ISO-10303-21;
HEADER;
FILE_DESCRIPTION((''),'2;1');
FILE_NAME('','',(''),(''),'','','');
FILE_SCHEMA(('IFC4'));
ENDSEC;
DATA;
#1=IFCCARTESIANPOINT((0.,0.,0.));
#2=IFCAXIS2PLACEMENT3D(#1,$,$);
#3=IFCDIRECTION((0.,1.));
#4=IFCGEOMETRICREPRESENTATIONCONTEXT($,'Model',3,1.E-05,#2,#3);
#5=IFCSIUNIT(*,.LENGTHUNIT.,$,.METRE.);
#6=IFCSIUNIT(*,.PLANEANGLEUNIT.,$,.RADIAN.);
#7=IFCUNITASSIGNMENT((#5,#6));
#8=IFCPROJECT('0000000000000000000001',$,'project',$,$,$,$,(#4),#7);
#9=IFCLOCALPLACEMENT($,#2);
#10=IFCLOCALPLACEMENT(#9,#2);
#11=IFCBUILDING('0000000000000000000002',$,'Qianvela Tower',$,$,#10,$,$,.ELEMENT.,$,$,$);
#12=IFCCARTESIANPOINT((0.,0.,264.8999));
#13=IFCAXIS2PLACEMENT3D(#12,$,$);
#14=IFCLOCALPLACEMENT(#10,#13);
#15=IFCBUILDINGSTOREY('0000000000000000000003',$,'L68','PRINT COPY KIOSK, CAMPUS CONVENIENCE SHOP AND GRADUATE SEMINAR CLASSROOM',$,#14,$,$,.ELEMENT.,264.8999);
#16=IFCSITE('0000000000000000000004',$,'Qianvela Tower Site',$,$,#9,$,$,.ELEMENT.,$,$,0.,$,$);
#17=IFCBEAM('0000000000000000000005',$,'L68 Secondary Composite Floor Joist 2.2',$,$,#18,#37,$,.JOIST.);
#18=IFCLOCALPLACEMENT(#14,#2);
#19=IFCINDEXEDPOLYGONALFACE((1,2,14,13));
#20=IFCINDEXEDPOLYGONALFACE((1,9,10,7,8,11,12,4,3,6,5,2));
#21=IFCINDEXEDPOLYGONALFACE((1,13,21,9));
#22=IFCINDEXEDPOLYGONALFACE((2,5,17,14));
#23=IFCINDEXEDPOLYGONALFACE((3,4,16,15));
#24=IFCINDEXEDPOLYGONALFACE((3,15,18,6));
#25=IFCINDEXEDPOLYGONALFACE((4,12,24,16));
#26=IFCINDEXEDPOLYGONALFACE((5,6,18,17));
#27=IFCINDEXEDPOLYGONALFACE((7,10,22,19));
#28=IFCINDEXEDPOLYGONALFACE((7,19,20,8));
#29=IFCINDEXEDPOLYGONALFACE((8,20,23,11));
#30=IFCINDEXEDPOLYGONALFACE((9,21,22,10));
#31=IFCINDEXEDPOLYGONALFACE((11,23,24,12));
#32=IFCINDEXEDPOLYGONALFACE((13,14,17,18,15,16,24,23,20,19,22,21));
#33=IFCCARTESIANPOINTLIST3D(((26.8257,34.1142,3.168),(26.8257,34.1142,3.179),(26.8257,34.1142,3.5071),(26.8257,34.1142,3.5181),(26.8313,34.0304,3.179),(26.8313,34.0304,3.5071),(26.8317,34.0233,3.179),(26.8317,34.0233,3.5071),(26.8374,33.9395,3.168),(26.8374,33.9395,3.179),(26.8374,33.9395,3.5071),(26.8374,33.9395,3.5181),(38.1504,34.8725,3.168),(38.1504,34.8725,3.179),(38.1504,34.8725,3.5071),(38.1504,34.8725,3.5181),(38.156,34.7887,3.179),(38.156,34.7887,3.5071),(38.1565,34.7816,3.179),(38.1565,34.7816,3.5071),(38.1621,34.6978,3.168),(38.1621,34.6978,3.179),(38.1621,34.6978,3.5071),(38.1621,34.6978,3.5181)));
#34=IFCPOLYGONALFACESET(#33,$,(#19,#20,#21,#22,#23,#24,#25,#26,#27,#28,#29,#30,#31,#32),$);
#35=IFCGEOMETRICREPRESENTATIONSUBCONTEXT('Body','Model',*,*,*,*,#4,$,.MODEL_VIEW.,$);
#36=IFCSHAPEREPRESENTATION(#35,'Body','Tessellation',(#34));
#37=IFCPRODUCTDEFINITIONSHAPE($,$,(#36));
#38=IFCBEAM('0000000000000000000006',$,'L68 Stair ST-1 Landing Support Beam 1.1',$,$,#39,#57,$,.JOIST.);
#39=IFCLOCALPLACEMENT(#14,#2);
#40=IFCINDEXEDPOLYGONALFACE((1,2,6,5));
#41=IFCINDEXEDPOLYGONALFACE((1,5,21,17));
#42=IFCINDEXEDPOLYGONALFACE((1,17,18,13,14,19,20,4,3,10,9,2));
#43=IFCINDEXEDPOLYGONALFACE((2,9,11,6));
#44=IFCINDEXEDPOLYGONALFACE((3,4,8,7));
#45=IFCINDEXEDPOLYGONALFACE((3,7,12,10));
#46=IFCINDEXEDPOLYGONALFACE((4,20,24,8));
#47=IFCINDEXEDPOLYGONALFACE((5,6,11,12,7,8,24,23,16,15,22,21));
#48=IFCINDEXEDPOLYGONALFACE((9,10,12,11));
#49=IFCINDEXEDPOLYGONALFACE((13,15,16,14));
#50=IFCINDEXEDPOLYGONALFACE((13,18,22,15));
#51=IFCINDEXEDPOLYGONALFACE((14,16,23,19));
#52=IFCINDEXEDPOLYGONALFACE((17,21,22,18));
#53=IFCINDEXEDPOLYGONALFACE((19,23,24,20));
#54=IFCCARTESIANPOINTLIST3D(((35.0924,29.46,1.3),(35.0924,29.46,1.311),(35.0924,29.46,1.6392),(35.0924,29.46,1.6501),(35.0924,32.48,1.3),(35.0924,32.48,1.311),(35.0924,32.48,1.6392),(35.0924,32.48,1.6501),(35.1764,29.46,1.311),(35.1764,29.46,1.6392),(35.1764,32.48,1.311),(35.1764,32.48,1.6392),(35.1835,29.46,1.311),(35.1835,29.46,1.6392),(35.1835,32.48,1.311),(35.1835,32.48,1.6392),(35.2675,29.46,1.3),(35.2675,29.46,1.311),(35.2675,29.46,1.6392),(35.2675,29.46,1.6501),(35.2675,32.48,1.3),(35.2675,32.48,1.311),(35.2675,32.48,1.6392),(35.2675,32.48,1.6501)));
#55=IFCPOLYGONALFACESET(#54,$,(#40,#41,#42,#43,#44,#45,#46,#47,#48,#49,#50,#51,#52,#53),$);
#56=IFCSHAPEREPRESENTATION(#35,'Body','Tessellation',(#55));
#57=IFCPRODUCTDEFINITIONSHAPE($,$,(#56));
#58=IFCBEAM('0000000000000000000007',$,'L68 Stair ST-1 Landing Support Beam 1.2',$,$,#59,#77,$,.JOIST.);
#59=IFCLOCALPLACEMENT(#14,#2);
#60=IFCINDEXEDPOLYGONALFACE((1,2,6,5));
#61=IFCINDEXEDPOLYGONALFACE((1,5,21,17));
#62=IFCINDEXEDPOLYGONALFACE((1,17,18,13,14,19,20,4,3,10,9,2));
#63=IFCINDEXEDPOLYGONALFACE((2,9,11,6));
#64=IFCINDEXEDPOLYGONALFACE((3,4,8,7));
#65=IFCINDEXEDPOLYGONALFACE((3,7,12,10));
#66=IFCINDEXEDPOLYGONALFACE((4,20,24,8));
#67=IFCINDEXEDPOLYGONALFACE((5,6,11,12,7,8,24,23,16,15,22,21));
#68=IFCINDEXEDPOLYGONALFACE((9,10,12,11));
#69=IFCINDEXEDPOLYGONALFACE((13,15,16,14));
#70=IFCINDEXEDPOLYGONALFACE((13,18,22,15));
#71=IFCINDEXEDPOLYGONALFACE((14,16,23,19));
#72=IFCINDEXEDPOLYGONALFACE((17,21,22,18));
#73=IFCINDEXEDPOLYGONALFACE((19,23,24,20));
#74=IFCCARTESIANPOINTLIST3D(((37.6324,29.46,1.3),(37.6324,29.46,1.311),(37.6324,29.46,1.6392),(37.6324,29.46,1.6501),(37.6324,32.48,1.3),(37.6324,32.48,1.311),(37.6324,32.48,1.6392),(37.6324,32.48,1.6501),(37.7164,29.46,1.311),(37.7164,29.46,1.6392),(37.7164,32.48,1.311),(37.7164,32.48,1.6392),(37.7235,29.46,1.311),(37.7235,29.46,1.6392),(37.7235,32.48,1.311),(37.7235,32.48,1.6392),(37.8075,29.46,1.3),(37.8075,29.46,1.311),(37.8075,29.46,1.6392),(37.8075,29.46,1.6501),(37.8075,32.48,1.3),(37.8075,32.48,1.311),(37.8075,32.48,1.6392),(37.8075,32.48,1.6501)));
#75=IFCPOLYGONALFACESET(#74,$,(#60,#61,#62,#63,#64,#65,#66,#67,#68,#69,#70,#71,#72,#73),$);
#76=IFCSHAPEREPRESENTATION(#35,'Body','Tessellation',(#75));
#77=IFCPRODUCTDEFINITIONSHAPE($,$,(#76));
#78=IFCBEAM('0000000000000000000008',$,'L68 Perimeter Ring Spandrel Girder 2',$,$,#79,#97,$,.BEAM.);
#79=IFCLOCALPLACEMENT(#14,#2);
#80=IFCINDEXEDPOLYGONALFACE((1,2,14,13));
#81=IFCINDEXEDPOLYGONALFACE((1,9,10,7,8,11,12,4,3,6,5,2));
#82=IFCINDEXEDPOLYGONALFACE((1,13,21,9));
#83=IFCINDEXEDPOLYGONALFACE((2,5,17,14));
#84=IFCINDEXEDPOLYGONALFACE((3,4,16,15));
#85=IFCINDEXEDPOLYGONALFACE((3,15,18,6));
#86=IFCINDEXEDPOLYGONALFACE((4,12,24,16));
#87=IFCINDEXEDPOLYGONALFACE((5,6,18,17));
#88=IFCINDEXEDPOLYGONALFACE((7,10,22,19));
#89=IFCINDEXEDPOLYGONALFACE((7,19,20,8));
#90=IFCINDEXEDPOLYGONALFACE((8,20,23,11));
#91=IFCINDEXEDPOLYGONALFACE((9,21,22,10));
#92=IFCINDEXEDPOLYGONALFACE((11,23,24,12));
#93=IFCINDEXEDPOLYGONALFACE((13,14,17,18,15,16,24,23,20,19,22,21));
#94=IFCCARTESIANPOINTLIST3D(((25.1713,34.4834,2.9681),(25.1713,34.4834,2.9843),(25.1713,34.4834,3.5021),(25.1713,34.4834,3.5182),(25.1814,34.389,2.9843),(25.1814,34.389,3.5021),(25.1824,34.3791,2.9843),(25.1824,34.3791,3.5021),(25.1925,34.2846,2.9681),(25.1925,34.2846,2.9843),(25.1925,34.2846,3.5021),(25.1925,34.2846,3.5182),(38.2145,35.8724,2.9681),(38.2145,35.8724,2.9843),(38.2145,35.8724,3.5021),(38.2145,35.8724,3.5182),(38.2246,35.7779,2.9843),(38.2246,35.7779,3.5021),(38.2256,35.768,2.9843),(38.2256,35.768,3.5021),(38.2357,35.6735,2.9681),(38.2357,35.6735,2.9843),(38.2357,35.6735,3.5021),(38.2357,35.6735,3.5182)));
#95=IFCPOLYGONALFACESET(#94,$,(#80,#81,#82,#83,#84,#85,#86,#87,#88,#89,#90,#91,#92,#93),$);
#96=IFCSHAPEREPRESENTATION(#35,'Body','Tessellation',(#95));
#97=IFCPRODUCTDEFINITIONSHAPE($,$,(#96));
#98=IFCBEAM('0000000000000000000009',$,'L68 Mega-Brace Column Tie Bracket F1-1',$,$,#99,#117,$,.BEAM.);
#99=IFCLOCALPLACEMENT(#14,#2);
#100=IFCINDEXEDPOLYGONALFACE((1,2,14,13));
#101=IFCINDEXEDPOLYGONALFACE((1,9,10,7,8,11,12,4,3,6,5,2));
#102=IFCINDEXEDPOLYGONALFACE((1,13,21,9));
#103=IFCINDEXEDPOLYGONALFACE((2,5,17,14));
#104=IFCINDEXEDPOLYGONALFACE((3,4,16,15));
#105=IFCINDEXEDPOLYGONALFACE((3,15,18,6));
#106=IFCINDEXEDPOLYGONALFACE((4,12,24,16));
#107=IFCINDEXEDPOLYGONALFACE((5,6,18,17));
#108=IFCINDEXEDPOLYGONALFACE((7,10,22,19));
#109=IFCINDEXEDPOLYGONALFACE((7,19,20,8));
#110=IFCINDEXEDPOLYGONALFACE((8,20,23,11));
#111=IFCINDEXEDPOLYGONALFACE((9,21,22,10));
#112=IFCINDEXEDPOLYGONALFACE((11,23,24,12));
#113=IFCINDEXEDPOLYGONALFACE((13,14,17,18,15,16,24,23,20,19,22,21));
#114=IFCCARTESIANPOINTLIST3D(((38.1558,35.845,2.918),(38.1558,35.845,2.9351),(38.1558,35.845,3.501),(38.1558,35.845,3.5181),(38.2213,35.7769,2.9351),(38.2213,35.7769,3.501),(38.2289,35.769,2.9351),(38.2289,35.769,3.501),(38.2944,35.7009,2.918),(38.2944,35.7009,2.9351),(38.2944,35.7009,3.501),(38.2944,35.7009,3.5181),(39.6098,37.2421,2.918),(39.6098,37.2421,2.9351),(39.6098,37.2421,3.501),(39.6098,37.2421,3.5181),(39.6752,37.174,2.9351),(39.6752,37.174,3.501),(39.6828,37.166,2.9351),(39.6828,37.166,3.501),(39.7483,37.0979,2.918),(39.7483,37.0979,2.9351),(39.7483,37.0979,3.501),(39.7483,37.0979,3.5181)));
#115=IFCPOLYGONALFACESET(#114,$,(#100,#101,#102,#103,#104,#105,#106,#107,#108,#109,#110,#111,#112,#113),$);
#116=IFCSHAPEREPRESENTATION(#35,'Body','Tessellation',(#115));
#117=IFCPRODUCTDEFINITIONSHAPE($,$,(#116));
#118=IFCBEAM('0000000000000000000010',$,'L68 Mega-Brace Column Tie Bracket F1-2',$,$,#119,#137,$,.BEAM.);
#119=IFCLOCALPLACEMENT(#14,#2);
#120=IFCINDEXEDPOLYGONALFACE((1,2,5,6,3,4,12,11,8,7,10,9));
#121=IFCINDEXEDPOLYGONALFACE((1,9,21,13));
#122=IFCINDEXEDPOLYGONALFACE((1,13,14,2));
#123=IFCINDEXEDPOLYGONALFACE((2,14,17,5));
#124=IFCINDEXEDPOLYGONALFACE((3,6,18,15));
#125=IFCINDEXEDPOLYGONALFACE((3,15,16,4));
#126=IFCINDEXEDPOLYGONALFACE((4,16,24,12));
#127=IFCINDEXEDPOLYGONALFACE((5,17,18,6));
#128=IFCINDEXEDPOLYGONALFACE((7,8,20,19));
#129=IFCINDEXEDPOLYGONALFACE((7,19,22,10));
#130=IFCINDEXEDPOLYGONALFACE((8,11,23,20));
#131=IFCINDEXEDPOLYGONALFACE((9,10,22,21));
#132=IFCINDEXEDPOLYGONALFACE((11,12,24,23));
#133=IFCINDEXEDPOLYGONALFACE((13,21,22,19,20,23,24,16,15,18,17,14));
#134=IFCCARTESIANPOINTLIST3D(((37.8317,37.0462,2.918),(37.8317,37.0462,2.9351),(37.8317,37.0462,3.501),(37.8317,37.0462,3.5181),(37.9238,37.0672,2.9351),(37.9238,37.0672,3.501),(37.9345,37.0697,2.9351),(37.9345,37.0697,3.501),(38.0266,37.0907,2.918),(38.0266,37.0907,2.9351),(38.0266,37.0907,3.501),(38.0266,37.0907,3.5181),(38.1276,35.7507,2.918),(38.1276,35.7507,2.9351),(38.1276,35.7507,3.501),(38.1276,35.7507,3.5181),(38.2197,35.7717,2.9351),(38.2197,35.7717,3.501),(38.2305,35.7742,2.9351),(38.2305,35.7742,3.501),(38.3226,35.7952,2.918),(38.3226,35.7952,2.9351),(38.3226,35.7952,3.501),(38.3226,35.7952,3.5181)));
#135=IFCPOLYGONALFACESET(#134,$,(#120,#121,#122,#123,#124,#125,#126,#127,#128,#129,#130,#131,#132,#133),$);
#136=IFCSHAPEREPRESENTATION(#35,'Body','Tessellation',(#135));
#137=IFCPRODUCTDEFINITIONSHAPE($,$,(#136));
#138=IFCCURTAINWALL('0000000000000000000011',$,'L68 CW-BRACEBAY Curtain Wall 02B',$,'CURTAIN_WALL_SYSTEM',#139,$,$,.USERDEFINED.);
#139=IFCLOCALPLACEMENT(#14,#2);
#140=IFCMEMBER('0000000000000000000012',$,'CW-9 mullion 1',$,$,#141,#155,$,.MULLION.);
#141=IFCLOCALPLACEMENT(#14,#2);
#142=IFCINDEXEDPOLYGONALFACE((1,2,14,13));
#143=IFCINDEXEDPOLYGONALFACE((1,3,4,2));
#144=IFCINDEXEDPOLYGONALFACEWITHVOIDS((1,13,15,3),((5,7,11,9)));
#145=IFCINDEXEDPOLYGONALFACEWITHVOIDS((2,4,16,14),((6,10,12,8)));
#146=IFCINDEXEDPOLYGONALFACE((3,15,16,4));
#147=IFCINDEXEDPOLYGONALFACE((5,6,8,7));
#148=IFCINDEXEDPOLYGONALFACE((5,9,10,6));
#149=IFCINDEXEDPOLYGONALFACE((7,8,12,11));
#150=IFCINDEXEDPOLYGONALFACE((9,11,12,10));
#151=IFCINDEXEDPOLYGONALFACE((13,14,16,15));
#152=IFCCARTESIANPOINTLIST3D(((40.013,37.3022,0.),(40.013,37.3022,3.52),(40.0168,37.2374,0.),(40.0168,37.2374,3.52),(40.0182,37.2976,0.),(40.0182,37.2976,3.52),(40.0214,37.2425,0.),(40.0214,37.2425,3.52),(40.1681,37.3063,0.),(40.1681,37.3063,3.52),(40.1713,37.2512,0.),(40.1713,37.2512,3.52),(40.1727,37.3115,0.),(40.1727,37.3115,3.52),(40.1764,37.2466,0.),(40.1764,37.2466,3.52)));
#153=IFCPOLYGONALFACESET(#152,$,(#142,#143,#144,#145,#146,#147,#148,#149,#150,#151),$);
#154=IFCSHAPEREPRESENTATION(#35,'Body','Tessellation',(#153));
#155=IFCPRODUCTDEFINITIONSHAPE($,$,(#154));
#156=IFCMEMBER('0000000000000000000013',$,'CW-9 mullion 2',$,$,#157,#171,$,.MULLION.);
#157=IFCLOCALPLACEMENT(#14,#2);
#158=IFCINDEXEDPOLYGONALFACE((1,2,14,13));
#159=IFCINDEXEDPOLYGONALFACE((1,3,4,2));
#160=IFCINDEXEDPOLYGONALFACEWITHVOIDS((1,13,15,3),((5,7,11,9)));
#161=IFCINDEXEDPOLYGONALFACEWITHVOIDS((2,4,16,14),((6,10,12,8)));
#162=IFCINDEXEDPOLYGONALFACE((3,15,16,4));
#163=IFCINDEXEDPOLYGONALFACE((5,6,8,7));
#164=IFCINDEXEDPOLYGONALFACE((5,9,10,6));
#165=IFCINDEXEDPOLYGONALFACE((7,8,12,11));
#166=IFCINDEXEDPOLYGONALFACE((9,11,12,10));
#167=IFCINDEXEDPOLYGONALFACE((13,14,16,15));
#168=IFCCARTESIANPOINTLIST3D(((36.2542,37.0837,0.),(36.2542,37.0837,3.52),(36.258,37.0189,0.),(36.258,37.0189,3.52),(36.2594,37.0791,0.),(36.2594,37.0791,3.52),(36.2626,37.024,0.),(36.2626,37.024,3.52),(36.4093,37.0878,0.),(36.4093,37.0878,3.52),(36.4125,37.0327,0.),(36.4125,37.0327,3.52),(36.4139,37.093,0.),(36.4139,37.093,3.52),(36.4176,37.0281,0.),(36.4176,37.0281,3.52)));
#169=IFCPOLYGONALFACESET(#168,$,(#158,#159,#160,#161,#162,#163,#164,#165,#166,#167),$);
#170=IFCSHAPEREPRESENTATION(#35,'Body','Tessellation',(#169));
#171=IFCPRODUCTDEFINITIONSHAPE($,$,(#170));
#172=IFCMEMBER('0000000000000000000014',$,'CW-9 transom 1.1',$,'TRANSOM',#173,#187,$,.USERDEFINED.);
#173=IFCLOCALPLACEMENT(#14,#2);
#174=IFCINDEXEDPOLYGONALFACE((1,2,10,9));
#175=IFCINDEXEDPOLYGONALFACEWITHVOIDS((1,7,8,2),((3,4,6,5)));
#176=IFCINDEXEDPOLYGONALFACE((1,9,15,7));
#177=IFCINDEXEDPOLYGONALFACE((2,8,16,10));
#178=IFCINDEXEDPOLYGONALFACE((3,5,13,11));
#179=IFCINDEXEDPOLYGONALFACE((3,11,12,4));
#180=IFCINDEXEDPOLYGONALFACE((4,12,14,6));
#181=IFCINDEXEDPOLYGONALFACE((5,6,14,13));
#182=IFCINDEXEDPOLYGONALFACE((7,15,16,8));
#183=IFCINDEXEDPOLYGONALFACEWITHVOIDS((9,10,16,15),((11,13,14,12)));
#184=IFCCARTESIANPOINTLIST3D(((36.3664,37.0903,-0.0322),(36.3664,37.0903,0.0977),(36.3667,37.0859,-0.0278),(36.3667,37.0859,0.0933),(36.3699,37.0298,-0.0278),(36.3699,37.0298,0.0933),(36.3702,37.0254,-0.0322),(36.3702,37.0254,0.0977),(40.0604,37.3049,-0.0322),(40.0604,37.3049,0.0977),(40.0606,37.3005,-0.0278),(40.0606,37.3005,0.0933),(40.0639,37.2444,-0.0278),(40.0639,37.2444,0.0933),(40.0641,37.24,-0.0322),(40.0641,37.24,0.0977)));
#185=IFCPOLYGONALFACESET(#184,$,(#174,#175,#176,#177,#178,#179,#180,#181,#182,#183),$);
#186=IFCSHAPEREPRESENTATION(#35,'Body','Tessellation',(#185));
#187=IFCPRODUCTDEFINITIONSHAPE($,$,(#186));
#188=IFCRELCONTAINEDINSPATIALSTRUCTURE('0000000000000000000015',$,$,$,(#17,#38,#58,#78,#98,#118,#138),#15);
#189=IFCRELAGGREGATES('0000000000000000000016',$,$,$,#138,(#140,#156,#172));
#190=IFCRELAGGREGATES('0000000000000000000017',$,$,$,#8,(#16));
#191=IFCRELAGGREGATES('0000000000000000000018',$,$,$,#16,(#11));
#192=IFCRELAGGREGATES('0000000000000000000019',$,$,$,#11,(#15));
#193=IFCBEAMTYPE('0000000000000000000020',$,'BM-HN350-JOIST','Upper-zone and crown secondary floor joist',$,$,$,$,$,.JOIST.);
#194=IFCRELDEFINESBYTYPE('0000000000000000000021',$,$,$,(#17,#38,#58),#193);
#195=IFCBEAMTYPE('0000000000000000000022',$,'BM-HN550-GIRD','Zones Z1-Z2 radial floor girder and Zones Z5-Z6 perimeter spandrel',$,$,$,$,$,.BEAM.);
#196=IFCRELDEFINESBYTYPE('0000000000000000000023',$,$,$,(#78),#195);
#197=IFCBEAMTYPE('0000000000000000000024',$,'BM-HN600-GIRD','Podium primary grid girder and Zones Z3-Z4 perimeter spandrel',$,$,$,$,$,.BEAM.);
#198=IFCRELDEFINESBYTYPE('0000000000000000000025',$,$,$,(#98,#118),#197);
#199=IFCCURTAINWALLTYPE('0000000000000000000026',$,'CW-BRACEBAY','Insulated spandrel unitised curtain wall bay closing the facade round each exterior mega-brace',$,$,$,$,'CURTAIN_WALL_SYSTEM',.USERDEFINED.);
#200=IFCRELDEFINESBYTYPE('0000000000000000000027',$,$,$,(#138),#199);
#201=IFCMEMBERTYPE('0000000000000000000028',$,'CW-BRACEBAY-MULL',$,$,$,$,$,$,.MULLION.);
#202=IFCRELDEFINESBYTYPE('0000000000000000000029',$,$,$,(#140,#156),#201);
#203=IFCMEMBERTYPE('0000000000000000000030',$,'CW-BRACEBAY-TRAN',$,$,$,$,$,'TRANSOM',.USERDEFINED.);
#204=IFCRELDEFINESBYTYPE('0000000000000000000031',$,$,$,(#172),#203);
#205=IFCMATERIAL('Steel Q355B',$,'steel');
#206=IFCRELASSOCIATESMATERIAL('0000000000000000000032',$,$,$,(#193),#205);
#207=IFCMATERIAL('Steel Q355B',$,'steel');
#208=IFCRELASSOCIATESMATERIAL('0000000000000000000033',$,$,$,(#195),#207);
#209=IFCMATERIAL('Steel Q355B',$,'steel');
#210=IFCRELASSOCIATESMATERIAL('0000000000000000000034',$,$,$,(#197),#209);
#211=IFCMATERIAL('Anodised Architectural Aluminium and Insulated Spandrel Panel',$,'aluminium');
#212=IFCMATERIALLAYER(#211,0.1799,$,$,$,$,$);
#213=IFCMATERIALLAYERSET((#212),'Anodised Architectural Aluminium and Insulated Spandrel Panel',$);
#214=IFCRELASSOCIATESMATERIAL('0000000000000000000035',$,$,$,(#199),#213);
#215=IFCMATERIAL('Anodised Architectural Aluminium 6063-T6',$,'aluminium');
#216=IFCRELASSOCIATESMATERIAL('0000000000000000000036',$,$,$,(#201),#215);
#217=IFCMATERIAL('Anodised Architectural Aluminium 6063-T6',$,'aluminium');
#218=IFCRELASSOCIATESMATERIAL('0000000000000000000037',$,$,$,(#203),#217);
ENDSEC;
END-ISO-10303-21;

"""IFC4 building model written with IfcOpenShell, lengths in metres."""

from ifc_helpers import new_model, si_unit, direction, frame, origin, origin_2d, place, context, subcontext, project, spatial, hollow_rectangle, i_section, extrude, material, layer, layer_set, material_profile, profile_set, type_object, element, aggregate, save


model = new_model("IFC4")

# Units and contexts
model_context = context("Model", 3, precision=1e-05, world=origin(), true_north=direction((0.0, 1.0)))
body_context = subcontext(model_context, "Body", "Model", "MODEL_VIEW")
ifc_project = project(units=[si_unit("LENGTHUNIT", "METRE"), si_unit("PLANEANGLEUNIT", "RADIAN")], contexts=[model_context])

# Site, building, storey
site_placement = place(None, origin())
site = spatial("IfcSite", under=ifc_project, at=site_placement, Name="Qianvela Tower Site", CompositionType="ELEMENT", RefElevation=0.0)
building_placement = place(site_placement, origin())
building = spatial("IfcBuilding", under=site, at=building_placement, Name="Qianvela Tower", CompositionType="ELEMENT")
storey_placement = place(building_placement, frame((0.0, 0.0, 264.8999)))
storey = spatial("IfcBuildingStorey", under=building, at=storey_placement, Name="L68", Description="PRINT COPY KIOSK, CAMPUS CONVENIENCE SHOP AND GRADUATE SEMINAR CLASSROOM", CompositionType="ELEMENT", Elevation=264.8999)

# Beams
ifc_material_1 = material(Name="Steel Q355B", Category="steel")
ifc_material_profile_1 = material_profile(ifc_material_1, i_section(OverallWidth=0.175, OverallDepth=0.3501, WebThickness=0.0071, FlangeThickness=0.011, at=origin_2d()), Name="HN350x175x7x11")
ifc_profile_set_1 = profile_set([ifc_material_profile_1], Name="Steel Q355B")
beam_type_1 = type_object("IfcBeamType", Name="BM-HN350-JOIST", Description="Upper-zone and crown secondary floor joist", PredefinedType="JOIST", material=ifc_profile_set_1)
beam_1_placement = place(storey_placement, frame((38.1562, 34.7852, 3.343), z_axis=(-0.997766, -0.06681, 0.0), x_axis=(0.06681, -0.997766, 0.0)))
element("IfcBeam", 1, at=beam_1_placement, inside=storey, type_object=beam_type_1, Name="L68 Secondary Composite Floor Joist 2.2", PredefinedType="JOIST", context=body_context, shape_type="SweptSolid", body=[
    extrude(i_section(OverallWidth=0.175, OverallDepth=0.3501, WebThickness=0.0071, FlangeThickness=0.011, at=origin_2d()), origin(), (0.0, 0.0, 1.0), 11.3501),
])
for number, where, z_axis, x_axis, name in (
    (2, (35.1799, 29.46, 1.4751), (0.0, 1.0, 0.0), (-1.0, 0.0, 0.0), "L68 Stair ST-1 Landing Support Beam 1.1"),
    (3, (37.72, 29.46, 1.4751), (0.0, 1.0, 0.0), (-1.0, 0.0, 0.0), "L68 Stair ST-1 Landing Support Beam 1.2"),
):
    element("IfcBeam", number, at=place(storey_placement, frame(where, z_axis=z_axis, x_axis=x_axis)), inside=storey, type_object=beam_type_1, Name=name, PredefinedType="JOIST", context=body_context, shape_type="SweptSolid", body=[
        extrude(i_section(OverallWidth=0.175, OverallDepth=0.3501, WebThickness=0.0071, FlangeThickness=0.011, at=origin_2d()), origin(), (0.0, 0.0, 1.0), 3.02),
    ])
ifc_material_2 = material(Name="Steel Q355B", Category="steel")
ifc_material_profile_2 = material_profile(ifc_material_2, i_section(OverallWidth=0.2, OverallDepth=0.55, WebThickness=0.01, FlangeThickness=0.0161, at=origin_2d()), Name="HN550x200x10x16")
ifc_profile_set_2 = profile_set([ifc_material_profile_2], Name="Steel Q355B")
beam_type_2 = type_object("IfcBeamType", Name="BM-HN550-GIRD", Description="Zones Z1-Z2 radial floor girder and Zones Z5-Z6 perimeter spandrel", PredefinedType="BEAM", material=ifc_profile_set_2)
beam_2_placement = place(storey_placement, frame((38.2251, 35.7729, 3.2432), z_axis=(-0.994378, -0.105887, 0.0), x_axis=(0.105887, -0.994378, 0.0)))
element("IfcBeam", 4, at=beam_2_placement, inside=storey, type_object=beam_type_2, Name="L68 Perimeter Ring Spandrel Girder 2", PredefinedType="BEAM", context=body_context, shape_type="SweptSolid", body=[
    extrude(i_section(OverallWidth=0.2, OverallDepth=0.55, WebThickness=0.01, FlangeThickness=0.0161, at=origin_2d()), origin(), (0.0, 0.0, 1.0), 13.1169),
])
ifc_material_3 = material(Name="Steel Q355B", Category="steel")
ifc_material_profile_3 = material_profile(ifc_material_3, i_section(OverallWidth=0.2, OverallDepth=0.6001, WebThickness=0.011, FlangeThickness=0.0171, at=origin_2d()), Name="HN600x200x11x17")
ifc_profile_set_3 = profile_set([ifc_material_profile_3], Name="Steel Q355B")
beam_type_3 = type_object("IfcBeamType", Name="BM-HN600-GIRD", Description="Podium primary grid girder and Zones Z3-Z4 perimeter spandrel", PredefinedType="BEAM", material=ifc_profile_set_3)
beam_3_placement = place(storey_placement, frame((38.2251, 35.7729, 3.218), z_axis=(0.721073, 0.692859, 0.0), x_axis=(-0.692859, 0.721073, 0.0)))
element("IfcBeam", 5, at=beam_3_placement, inside=storey, type_object=beam_type_3, Name="L68 Mega-Brace Column Tie Bracket F1-1", PredefinedType="BEAM", context=body_context, shape_type="SweptSolid", body=[
    extrude(i_section(OverallWidth=0.2, OverallDepth=0.6001, WebThickness=0.011, FlangeThickness=0.0171, at=origin_2d()), origin(), (0.0, 0.0, 1.0), 2.0164),
])
beam_4_placement = place(storey_placement, frame((38.2251, 35.7729, 3.218), z_axis=(-0.222685, 0.97489, 0.0), x_axis=(-0.97489, -0.222685, 0.0)))
element("IfcBeam", 6, at=beam_4_placement, inside=storey, type_object=beam_type_3, Name="L68 Mega-Brace Column Tie Bracket F1-2", PredefinedType="BEAM", context=body_context, shape_type="SweptSolid", body=[
    extrude(i_section(OverallWidth=0.2, OverallDepth=0.6001, WebThickness=0.011, FlangeThickness=0.0171, at=origin_2d()), origin(), (0.0, 0.0, 1.0), 1.3289),
])

# Curtain wall, members
ifc_material_4 = material(Name="Anodised Architectural Aluminium and Insulated Spandrel Panel", Category="aluminium")
ifc_layer_1 = layer(ifc_material_4, 0.1799)
ifc_layer_set_1 = layer_set([ifc_layer_1], Name="Anodised Architectural Aluminium and Insulated Spandrel Panel")
curtain_wall_type_1 = type_object("IfcCurtainWallType", Name="CW-BRACEBAY", Description="Insulated spandrel unitised curtain wall bay closing the facade round each exterior mega-brace", ElementType="CURTAIN_WALL_SYSTEM", PredefinedType="USERDEFINED", material=ifc_layer_set_1)
curtain_wall_1_placement = place(storey_placement, origin())
curtain_wall_1 = element("IfcCurtainWall", 7, at=curtain_wall_1_placement, inside=storey, type_object=curtain_wall_type_1, Name="L68 CW-BRACEBAY Curtain Wall 02B", ObjectType="CURTAIN_WALL_SYSTEM", PredefinedType="USERDEFINED")
ifc_material_5 = material(Name="Anodised Architectural Aluminium 6063-T6", Category="aluminium")
ifc_material_profile_4 = material_profile(ifc_material_5, hollow_rectangle(XDim=0.0649, YDim=0.1599, WallThickness=0.0049, at=origin_2d()), Name="ALU-MULL-65x160")
ifc_profile_set_4 = profile_set([ifc_material_profile_4], Name="Anodised Architectural Aluminium 6063-T6")
member_type_1 = type_object("IfcMemberType", Name="CW-BRACEBAY-MULL", PredefinedType="MULLION", material=ifc_profile_set_4)
member_1_placement = place(storey_placement, frame((40.0947, 37.2744, 0.0), z_axis=(0.0, 0.0, 1.0), x_axis=(0.058016, -0.998316, 0.0)))
member_1 = element("IfcMember", 8, at=member_1_placement, type_object=member_type_1, Name="CW-9 mullion 1", PredefinedType="MULLION", context=body_context, shape_type="SweptSolid", body=[
    extrude(hollow_rectangle(XDim=0.0649, YDim=0.1599, WallThickness=0.0049, at=origin_2d()), origin(), (0.0, 0.0, 1.0), 3.52),
])
member_2_placement = place(storey_placement, frame((36.3359, 37.0559, 0.0), z_axis=(0.0, 0.0, 1.0), x_axis=(0.058016, -0.998316, 0.0)))
member_2 = element("IfcMember", 9, at=member_2_placement, type_object=member_type_1, Name="CW-9 mullion 2", PredefinedType="MULLION", context=body_context, shape_type="SweptSolid", body=[
    extrude(hollow_rectangle(XDim=0.0649, YDim=0.1599, WallThickness=0.0049, at=origin_2d()), origin(), (0.0, 0.0, 1.0), 3.52),
])
ifc_material_6 = material(Name="Anodised Architectural Aluminium 6063-T6", Category="aluminium")
ifc_material_profile_5 = material_profile(ifc_material_6, hollow_rectangle(XDim=0.0649, YDim=0.1299, WallThickness=0.0044, at=origin_2d()), Name="ALU-TRAN-65x130")
ifc_profile_set_5 = profile_set([ifc_material_profile_5], Name="Anodised Architectural Aluminium 6063-T6")
member_type_2 = type_object("IfcMemberType", Name="CW-BRACEBAY-TRAN", ElementType="TRANSOM", PredefinedType="USERDEFINED", material=ifc_profile_set_5)
member_3_placement = place(storey_placement, frame((40.0623, 37.2725, 0.0327), z_axis=(-0.998317, -0.057999, 0.0), x_axis=(0.057999, -0.998317, 0.0)))
member_3 = element("IfcMember", 10, at=member_3_placement, type_object=member_type_2, Name="CW-9 transom 1.1", ObjectType="TRANSOM", PredefinedType="USERDEFINED", context=body_context, shape_type="SweptSolid", body=[
    extrude(hollow_rectangle(XDim=0.0649, YDim=0.1299, WallThickness=0.0044, at=origin_2d()), origin(), (0.0, 0.0, 1.0), 3.7002),
])

aggregate(curtain_wall_1, [member_1, member_2, member_3])

save(model, "model.ifc")
